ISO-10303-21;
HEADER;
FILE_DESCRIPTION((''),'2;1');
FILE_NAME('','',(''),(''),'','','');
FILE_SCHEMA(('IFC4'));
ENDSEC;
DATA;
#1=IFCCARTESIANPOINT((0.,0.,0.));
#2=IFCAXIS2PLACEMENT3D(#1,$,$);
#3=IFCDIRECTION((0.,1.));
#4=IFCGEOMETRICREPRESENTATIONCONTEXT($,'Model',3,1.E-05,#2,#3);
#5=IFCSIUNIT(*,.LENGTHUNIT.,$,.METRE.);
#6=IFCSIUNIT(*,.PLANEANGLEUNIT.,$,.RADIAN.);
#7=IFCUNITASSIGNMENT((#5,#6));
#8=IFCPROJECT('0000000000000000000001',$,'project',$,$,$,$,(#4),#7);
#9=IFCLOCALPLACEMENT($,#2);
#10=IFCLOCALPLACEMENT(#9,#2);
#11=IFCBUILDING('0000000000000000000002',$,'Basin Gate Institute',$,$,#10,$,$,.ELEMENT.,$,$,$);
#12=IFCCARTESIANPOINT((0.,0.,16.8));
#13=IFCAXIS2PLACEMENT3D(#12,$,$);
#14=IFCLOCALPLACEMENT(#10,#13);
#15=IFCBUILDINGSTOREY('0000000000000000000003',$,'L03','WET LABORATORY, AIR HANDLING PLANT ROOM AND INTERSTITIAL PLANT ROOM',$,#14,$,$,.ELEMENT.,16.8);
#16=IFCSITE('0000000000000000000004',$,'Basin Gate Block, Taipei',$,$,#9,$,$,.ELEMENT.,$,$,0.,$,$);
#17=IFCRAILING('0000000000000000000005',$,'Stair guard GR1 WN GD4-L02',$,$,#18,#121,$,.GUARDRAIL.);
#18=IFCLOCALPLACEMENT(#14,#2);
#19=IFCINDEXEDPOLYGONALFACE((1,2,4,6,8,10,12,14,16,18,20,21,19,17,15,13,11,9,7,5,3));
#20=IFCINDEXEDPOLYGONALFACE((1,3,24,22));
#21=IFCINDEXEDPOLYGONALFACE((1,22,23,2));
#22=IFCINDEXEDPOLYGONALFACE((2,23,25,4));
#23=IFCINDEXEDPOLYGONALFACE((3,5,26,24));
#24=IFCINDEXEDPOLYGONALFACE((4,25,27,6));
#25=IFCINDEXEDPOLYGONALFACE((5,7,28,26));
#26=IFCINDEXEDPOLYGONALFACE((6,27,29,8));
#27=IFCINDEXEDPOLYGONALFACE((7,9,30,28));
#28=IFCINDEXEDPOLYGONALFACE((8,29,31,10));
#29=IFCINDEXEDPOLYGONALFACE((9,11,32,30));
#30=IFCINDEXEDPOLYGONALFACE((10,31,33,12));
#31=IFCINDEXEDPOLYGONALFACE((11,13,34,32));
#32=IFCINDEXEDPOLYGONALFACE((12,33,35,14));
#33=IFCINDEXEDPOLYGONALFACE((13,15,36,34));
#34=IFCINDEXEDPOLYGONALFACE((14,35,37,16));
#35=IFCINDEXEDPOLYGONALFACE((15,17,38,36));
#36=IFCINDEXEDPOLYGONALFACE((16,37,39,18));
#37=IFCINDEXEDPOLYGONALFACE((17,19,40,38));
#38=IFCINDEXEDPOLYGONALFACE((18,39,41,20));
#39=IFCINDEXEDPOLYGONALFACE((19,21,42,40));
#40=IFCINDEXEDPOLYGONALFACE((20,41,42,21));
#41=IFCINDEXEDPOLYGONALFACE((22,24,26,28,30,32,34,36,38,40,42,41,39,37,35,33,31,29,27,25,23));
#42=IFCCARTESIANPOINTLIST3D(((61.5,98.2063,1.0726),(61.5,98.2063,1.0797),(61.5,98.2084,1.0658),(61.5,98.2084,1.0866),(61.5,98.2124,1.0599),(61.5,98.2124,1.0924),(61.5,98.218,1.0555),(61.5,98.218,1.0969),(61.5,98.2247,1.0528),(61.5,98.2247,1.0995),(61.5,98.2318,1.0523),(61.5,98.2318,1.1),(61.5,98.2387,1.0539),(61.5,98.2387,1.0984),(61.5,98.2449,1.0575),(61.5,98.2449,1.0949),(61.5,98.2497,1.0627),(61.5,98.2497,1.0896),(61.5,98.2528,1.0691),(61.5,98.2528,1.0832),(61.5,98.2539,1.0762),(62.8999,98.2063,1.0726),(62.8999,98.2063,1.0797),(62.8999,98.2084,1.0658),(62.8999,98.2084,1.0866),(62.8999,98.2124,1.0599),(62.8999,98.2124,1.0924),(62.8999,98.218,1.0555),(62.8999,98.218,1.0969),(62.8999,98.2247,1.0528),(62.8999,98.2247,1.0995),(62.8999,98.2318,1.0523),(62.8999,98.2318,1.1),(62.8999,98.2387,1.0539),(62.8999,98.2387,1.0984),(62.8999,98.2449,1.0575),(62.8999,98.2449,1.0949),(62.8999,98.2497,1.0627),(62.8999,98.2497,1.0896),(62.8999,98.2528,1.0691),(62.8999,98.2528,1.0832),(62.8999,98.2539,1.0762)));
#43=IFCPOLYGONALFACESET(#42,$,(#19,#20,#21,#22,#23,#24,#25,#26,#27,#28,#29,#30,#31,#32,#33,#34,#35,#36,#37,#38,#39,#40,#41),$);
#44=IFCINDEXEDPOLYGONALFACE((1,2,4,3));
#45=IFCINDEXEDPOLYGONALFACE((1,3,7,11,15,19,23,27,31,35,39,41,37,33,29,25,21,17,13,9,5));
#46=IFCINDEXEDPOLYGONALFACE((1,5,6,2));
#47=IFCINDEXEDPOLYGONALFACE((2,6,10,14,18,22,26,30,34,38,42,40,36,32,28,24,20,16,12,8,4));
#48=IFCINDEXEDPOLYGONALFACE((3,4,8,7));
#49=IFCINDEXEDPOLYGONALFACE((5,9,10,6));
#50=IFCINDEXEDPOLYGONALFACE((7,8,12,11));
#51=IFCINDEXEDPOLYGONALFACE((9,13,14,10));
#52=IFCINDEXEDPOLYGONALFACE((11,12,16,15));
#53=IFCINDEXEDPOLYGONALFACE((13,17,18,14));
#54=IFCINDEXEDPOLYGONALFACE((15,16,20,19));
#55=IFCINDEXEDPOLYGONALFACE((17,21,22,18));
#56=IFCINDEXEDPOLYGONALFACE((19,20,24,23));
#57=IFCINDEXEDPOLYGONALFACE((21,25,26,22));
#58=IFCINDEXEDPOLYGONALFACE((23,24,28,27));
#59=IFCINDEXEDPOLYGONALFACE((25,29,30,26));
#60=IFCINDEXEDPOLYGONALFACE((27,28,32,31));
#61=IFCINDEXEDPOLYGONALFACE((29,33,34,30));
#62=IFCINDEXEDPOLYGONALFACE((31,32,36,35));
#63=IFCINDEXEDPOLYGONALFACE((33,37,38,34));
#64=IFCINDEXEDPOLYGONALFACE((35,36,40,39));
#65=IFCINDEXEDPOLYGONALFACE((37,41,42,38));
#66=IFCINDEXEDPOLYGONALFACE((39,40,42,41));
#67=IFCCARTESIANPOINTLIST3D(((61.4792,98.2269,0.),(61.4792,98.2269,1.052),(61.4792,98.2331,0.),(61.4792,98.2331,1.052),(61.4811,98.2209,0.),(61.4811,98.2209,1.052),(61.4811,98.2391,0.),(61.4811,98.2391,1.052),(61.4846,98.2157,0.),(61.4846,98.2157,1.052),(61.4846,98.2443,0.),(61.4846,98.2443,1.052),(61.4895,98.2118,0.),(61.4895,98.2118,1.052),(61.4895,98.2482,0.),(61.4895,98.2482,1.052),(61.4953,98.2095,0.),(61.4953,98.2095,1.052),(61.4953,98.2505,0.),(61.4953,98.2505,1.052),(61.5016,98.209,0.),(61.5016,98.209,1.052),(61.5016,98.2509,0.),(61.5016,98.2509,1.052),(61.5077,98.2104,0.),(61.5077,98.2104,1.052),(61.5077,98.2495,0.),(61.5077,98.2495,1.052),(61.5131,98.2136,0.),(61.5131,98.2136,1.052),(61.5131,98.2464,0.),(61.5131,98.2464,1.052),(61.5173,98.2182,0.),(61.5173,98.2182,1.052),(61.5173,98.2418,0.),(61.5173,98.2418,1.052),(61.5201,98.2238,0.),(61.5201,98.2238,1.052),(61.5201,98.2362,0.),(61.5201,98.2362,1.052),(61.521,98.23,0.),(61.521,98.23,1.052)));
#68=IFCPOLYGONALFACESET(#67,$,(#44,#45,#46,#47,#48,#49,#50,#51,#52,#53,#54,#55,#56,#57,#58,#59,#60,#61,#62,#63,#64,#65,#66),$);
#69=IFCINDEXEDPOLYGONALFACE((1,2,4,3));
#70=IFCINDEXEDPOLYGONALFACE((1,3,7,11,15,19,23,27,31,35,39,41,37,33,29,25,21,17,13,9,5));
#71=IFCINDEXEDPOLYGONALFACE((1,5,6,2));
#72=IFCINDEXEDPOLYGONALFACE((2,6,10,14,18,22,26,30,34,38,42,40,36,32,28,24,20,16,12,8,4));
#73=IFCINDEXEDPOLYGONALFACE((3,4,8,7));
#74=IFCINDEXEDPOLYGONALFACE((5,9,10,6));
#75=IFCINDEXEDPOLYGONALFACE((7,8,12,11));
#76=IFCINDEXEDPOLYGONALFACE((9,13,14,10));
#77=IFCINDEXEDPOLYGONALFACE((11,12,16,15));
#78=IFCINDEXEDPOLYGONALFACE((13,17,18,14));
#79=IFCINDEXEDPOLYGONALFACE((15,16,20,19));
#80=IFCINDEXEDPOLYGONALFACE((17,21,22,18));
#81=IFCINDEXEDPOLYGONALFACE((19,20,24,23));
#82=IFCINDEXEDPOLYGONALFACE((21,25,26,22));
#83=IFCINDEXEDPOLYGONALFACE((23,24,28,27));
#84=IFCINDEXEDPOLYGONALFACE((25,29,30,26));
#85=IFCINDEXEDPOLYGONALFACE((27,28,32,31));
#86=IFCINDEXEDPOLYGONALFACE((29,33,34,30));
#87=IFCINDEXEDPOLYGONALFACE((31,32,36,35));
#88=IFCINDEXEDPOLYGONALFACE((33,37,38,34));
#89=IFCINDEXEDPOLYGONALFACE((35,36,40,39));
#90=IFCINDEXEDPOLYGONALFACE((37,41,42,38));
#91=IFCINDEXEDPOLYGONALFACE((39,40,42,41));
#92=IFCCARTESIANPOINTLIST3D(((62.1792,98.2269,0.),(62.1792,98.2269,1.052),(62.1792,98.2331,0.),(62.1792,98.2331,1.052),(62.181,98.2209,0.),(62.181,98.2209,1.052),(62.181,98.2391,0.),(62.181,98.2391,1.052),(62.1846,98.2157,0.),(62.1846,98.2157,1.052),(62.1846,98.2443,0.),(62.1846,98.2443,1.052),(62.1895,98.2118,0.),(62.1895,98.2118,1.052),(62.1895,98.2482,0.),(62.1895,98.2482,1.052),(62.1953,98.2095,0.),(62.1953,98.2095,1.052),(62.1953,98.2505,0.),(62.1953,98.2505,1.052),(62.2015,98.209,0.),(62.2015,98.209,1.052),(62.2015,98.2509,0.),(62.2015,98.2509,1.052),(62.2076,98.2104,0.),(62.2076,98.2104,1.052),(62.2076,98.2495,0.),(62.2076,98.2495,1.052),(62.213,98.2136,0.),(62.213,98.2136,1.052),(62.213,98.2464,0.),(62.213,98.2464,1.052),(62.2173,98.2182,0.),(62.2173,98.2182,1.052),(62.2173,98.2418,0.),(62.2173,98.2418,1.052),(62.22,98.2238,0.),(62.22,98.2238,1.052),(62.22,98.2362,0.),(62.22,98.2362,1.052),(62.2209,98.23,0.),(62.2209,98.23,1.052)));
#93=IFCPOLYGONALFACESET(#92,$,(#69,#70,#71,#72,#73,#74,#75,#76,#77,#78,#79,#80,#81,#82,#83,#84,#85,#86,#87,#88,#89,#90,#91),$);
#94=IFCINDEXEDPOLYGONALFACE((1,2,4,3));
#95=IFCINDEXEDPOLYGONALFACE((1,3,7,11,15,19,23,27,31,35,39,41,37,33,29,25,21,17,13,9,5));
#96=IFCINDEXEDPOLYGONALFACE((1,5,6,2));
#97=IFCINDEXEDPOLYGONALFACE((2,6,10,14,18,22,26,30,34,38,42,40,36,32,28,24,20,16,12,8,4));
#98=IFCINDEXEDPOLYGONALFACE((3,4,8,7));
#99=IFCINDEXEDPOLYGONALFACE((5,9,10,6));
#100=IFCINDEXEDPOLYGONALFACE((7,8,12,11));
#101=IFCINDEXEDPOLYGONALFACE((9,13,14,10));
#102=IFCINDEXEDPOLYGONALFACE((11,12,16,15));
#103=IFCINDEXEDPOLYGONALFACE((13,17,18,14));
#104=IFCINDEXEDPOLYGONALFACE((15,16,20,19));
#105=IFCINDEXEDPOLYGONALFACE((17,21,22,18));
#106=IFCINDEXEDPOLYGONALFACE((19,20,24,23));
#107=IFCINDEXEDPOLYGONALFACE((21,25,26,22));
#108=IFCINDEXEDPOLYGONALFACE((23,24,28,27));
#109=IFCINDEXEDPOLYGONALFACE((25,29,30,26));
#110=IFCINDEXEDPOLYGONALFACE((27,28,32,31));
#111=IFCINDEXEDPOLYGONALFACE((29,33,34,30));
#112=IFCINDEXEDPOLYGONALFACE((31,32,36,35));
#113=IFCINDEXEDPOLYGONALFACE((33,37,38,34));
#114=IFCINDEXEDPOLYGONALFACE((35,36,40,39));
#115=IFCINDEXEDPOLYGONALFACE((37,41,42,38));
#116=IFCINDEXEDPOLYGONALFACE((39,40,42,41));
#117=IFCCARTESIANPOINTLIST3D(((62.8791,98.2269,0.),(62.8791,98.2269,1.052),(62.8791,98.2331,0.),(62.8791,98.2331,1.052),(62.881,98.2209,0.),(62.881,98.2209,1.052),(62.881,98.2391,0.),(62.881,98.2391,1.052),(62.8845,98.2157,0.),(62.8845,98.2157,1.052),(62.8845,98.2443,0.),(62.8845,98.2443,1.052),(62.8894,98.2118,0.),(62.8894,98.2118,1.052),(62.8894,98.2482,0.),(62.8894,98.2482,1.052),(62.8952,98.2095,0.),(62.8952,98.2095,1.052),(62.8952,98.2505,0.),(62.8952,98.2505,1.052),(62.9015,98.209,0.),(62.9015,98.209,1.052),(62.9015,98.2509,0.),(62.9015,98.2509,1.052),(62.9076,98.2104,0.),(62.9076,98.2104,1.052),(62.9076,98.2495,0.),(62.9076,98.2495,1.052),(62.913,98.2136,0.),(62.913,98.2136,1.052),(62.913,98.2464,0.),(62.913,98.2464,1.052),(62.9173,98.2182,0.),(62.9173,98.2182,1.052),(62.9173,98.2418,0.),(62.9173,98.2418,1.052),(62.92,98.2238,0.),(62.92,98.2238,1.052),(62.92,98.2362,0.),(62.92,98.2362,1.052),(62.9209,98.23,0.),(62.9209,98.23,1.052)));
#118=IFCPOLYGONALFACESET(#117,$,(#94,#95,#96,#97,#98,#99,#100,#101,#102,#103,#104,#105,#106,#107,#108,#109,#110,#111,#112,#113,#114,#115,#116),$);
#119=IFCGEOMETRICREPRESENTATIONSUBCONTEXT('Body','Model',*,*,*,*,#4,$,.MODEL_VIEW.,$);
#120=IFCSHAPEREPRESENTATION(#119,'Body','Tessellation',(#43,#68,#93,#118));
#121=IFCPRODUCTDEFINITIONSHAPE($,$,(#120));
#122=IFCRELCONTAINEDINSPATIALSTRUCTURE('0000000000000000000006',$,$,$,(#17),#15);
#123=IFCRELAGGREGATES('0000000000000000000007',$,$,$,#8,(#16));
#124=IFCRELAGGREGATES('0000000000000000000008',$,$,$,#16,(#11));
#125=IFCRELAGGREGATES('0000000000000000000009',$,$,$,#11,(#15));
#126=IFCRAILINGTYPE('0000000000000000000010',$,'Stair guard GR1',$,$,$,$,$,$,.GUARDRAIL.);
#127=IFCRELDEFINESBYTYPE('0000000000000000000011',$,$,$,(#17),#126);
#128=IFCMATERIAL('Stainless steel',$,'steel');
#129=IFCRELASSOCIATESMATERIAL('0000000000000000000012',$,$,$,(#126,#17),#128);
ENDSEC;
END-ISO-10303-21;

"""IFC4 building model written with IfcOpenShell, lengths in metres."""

from ifc_helpers import new_model, si_unit, direction, frame, origin, origin_2d, place, context, subcontext, project, spatial, circle, extrude, material, type_object, element, save


model = new_model("IFC4")

# Units and contexts
model_context = context("Model", 3, precision=1e-05, world=origin(), true_north=direction((0.0, 1.0)))
body_context = subcontext(model_context, "Body", "Model", "MODEL_VIEW")
ifc_project = project(units=[si_unit("LENGTHUNIT", "METRE"), si_unit("PLANEANGLEUNIT", "RADIAN")], contexts=[model_context])

# Site, building, storey
site_placement = place(None, origin())
site = spatial("IfcSite", under=ifc_project, at=site_placement, Name="Basin Gate Block, Taipei", CompositionType="ELEMENT", RefElevation=0.0)
building_placement = place(site_placement, origin())
building = spatial("IfcBuilding", under=site, at=building_placement, Name="Basin Gate Institute", CompositionType="ELEMENT")
storey_placement = place(building_placement, frame((0.0, 0.0, 16.8)))
storey = spatial("IfcBuildingStorey", under=building, at=storey_placement, Name="L03", Description="WET LABORATORY, AIR HANDLING PLANT ROOM AND INTERSTITIAL PLANT ROOM", CompositionType="ELEMENT", Elevation=16.8)

# Railing
ifc_material_1 = material(Name="Stainless steel", Category="steel")
railing_type_1 = type_object("IfcRailingType", Name="Stair guard GR1", PredefinedType="GUARDRAIL", material=ifc_material_1)
railing_1_placement = place(storey_placement, frame((61.5, 98.23, 0.0)))
element("IfcRailing", 1, at=railing_1_placement, inside=storey, type_object=railing_type_1, material=ifc_material_1, Name="Stair guard GR1 WN GD4-L02", PredefinedType="GUARDRAIL", context=body_context, shape_type="SweptSolid", body=[
    extrude(circle(Radius=0.0239, at=origin_2d()), frame((0.0, 0.0, 1.0762), z_axis=(1.0, 0.0, 0.0), x_axis=(0.0, 1.0, 0.0)), (0.0, 0.0, 1.0), 1.3999),
    extrude(circle(Radius=0.021, at=origin_2d()), origin(), (0.0, 0.0, 1.0), 1.052),
    extrude(circle(Radius=0.021, at=origin_2d()), frame((0.7, 0.0, 0.0)), (0.0, 0.0, 1.0), 1.052),
    extrude(circle(Radius=0.021, at=origin_2d()), frame((1.3999, 0.0, 0.0)), (0.0, 0.0, 1.0), 1.052),
])

save(model, "model.ifc")
